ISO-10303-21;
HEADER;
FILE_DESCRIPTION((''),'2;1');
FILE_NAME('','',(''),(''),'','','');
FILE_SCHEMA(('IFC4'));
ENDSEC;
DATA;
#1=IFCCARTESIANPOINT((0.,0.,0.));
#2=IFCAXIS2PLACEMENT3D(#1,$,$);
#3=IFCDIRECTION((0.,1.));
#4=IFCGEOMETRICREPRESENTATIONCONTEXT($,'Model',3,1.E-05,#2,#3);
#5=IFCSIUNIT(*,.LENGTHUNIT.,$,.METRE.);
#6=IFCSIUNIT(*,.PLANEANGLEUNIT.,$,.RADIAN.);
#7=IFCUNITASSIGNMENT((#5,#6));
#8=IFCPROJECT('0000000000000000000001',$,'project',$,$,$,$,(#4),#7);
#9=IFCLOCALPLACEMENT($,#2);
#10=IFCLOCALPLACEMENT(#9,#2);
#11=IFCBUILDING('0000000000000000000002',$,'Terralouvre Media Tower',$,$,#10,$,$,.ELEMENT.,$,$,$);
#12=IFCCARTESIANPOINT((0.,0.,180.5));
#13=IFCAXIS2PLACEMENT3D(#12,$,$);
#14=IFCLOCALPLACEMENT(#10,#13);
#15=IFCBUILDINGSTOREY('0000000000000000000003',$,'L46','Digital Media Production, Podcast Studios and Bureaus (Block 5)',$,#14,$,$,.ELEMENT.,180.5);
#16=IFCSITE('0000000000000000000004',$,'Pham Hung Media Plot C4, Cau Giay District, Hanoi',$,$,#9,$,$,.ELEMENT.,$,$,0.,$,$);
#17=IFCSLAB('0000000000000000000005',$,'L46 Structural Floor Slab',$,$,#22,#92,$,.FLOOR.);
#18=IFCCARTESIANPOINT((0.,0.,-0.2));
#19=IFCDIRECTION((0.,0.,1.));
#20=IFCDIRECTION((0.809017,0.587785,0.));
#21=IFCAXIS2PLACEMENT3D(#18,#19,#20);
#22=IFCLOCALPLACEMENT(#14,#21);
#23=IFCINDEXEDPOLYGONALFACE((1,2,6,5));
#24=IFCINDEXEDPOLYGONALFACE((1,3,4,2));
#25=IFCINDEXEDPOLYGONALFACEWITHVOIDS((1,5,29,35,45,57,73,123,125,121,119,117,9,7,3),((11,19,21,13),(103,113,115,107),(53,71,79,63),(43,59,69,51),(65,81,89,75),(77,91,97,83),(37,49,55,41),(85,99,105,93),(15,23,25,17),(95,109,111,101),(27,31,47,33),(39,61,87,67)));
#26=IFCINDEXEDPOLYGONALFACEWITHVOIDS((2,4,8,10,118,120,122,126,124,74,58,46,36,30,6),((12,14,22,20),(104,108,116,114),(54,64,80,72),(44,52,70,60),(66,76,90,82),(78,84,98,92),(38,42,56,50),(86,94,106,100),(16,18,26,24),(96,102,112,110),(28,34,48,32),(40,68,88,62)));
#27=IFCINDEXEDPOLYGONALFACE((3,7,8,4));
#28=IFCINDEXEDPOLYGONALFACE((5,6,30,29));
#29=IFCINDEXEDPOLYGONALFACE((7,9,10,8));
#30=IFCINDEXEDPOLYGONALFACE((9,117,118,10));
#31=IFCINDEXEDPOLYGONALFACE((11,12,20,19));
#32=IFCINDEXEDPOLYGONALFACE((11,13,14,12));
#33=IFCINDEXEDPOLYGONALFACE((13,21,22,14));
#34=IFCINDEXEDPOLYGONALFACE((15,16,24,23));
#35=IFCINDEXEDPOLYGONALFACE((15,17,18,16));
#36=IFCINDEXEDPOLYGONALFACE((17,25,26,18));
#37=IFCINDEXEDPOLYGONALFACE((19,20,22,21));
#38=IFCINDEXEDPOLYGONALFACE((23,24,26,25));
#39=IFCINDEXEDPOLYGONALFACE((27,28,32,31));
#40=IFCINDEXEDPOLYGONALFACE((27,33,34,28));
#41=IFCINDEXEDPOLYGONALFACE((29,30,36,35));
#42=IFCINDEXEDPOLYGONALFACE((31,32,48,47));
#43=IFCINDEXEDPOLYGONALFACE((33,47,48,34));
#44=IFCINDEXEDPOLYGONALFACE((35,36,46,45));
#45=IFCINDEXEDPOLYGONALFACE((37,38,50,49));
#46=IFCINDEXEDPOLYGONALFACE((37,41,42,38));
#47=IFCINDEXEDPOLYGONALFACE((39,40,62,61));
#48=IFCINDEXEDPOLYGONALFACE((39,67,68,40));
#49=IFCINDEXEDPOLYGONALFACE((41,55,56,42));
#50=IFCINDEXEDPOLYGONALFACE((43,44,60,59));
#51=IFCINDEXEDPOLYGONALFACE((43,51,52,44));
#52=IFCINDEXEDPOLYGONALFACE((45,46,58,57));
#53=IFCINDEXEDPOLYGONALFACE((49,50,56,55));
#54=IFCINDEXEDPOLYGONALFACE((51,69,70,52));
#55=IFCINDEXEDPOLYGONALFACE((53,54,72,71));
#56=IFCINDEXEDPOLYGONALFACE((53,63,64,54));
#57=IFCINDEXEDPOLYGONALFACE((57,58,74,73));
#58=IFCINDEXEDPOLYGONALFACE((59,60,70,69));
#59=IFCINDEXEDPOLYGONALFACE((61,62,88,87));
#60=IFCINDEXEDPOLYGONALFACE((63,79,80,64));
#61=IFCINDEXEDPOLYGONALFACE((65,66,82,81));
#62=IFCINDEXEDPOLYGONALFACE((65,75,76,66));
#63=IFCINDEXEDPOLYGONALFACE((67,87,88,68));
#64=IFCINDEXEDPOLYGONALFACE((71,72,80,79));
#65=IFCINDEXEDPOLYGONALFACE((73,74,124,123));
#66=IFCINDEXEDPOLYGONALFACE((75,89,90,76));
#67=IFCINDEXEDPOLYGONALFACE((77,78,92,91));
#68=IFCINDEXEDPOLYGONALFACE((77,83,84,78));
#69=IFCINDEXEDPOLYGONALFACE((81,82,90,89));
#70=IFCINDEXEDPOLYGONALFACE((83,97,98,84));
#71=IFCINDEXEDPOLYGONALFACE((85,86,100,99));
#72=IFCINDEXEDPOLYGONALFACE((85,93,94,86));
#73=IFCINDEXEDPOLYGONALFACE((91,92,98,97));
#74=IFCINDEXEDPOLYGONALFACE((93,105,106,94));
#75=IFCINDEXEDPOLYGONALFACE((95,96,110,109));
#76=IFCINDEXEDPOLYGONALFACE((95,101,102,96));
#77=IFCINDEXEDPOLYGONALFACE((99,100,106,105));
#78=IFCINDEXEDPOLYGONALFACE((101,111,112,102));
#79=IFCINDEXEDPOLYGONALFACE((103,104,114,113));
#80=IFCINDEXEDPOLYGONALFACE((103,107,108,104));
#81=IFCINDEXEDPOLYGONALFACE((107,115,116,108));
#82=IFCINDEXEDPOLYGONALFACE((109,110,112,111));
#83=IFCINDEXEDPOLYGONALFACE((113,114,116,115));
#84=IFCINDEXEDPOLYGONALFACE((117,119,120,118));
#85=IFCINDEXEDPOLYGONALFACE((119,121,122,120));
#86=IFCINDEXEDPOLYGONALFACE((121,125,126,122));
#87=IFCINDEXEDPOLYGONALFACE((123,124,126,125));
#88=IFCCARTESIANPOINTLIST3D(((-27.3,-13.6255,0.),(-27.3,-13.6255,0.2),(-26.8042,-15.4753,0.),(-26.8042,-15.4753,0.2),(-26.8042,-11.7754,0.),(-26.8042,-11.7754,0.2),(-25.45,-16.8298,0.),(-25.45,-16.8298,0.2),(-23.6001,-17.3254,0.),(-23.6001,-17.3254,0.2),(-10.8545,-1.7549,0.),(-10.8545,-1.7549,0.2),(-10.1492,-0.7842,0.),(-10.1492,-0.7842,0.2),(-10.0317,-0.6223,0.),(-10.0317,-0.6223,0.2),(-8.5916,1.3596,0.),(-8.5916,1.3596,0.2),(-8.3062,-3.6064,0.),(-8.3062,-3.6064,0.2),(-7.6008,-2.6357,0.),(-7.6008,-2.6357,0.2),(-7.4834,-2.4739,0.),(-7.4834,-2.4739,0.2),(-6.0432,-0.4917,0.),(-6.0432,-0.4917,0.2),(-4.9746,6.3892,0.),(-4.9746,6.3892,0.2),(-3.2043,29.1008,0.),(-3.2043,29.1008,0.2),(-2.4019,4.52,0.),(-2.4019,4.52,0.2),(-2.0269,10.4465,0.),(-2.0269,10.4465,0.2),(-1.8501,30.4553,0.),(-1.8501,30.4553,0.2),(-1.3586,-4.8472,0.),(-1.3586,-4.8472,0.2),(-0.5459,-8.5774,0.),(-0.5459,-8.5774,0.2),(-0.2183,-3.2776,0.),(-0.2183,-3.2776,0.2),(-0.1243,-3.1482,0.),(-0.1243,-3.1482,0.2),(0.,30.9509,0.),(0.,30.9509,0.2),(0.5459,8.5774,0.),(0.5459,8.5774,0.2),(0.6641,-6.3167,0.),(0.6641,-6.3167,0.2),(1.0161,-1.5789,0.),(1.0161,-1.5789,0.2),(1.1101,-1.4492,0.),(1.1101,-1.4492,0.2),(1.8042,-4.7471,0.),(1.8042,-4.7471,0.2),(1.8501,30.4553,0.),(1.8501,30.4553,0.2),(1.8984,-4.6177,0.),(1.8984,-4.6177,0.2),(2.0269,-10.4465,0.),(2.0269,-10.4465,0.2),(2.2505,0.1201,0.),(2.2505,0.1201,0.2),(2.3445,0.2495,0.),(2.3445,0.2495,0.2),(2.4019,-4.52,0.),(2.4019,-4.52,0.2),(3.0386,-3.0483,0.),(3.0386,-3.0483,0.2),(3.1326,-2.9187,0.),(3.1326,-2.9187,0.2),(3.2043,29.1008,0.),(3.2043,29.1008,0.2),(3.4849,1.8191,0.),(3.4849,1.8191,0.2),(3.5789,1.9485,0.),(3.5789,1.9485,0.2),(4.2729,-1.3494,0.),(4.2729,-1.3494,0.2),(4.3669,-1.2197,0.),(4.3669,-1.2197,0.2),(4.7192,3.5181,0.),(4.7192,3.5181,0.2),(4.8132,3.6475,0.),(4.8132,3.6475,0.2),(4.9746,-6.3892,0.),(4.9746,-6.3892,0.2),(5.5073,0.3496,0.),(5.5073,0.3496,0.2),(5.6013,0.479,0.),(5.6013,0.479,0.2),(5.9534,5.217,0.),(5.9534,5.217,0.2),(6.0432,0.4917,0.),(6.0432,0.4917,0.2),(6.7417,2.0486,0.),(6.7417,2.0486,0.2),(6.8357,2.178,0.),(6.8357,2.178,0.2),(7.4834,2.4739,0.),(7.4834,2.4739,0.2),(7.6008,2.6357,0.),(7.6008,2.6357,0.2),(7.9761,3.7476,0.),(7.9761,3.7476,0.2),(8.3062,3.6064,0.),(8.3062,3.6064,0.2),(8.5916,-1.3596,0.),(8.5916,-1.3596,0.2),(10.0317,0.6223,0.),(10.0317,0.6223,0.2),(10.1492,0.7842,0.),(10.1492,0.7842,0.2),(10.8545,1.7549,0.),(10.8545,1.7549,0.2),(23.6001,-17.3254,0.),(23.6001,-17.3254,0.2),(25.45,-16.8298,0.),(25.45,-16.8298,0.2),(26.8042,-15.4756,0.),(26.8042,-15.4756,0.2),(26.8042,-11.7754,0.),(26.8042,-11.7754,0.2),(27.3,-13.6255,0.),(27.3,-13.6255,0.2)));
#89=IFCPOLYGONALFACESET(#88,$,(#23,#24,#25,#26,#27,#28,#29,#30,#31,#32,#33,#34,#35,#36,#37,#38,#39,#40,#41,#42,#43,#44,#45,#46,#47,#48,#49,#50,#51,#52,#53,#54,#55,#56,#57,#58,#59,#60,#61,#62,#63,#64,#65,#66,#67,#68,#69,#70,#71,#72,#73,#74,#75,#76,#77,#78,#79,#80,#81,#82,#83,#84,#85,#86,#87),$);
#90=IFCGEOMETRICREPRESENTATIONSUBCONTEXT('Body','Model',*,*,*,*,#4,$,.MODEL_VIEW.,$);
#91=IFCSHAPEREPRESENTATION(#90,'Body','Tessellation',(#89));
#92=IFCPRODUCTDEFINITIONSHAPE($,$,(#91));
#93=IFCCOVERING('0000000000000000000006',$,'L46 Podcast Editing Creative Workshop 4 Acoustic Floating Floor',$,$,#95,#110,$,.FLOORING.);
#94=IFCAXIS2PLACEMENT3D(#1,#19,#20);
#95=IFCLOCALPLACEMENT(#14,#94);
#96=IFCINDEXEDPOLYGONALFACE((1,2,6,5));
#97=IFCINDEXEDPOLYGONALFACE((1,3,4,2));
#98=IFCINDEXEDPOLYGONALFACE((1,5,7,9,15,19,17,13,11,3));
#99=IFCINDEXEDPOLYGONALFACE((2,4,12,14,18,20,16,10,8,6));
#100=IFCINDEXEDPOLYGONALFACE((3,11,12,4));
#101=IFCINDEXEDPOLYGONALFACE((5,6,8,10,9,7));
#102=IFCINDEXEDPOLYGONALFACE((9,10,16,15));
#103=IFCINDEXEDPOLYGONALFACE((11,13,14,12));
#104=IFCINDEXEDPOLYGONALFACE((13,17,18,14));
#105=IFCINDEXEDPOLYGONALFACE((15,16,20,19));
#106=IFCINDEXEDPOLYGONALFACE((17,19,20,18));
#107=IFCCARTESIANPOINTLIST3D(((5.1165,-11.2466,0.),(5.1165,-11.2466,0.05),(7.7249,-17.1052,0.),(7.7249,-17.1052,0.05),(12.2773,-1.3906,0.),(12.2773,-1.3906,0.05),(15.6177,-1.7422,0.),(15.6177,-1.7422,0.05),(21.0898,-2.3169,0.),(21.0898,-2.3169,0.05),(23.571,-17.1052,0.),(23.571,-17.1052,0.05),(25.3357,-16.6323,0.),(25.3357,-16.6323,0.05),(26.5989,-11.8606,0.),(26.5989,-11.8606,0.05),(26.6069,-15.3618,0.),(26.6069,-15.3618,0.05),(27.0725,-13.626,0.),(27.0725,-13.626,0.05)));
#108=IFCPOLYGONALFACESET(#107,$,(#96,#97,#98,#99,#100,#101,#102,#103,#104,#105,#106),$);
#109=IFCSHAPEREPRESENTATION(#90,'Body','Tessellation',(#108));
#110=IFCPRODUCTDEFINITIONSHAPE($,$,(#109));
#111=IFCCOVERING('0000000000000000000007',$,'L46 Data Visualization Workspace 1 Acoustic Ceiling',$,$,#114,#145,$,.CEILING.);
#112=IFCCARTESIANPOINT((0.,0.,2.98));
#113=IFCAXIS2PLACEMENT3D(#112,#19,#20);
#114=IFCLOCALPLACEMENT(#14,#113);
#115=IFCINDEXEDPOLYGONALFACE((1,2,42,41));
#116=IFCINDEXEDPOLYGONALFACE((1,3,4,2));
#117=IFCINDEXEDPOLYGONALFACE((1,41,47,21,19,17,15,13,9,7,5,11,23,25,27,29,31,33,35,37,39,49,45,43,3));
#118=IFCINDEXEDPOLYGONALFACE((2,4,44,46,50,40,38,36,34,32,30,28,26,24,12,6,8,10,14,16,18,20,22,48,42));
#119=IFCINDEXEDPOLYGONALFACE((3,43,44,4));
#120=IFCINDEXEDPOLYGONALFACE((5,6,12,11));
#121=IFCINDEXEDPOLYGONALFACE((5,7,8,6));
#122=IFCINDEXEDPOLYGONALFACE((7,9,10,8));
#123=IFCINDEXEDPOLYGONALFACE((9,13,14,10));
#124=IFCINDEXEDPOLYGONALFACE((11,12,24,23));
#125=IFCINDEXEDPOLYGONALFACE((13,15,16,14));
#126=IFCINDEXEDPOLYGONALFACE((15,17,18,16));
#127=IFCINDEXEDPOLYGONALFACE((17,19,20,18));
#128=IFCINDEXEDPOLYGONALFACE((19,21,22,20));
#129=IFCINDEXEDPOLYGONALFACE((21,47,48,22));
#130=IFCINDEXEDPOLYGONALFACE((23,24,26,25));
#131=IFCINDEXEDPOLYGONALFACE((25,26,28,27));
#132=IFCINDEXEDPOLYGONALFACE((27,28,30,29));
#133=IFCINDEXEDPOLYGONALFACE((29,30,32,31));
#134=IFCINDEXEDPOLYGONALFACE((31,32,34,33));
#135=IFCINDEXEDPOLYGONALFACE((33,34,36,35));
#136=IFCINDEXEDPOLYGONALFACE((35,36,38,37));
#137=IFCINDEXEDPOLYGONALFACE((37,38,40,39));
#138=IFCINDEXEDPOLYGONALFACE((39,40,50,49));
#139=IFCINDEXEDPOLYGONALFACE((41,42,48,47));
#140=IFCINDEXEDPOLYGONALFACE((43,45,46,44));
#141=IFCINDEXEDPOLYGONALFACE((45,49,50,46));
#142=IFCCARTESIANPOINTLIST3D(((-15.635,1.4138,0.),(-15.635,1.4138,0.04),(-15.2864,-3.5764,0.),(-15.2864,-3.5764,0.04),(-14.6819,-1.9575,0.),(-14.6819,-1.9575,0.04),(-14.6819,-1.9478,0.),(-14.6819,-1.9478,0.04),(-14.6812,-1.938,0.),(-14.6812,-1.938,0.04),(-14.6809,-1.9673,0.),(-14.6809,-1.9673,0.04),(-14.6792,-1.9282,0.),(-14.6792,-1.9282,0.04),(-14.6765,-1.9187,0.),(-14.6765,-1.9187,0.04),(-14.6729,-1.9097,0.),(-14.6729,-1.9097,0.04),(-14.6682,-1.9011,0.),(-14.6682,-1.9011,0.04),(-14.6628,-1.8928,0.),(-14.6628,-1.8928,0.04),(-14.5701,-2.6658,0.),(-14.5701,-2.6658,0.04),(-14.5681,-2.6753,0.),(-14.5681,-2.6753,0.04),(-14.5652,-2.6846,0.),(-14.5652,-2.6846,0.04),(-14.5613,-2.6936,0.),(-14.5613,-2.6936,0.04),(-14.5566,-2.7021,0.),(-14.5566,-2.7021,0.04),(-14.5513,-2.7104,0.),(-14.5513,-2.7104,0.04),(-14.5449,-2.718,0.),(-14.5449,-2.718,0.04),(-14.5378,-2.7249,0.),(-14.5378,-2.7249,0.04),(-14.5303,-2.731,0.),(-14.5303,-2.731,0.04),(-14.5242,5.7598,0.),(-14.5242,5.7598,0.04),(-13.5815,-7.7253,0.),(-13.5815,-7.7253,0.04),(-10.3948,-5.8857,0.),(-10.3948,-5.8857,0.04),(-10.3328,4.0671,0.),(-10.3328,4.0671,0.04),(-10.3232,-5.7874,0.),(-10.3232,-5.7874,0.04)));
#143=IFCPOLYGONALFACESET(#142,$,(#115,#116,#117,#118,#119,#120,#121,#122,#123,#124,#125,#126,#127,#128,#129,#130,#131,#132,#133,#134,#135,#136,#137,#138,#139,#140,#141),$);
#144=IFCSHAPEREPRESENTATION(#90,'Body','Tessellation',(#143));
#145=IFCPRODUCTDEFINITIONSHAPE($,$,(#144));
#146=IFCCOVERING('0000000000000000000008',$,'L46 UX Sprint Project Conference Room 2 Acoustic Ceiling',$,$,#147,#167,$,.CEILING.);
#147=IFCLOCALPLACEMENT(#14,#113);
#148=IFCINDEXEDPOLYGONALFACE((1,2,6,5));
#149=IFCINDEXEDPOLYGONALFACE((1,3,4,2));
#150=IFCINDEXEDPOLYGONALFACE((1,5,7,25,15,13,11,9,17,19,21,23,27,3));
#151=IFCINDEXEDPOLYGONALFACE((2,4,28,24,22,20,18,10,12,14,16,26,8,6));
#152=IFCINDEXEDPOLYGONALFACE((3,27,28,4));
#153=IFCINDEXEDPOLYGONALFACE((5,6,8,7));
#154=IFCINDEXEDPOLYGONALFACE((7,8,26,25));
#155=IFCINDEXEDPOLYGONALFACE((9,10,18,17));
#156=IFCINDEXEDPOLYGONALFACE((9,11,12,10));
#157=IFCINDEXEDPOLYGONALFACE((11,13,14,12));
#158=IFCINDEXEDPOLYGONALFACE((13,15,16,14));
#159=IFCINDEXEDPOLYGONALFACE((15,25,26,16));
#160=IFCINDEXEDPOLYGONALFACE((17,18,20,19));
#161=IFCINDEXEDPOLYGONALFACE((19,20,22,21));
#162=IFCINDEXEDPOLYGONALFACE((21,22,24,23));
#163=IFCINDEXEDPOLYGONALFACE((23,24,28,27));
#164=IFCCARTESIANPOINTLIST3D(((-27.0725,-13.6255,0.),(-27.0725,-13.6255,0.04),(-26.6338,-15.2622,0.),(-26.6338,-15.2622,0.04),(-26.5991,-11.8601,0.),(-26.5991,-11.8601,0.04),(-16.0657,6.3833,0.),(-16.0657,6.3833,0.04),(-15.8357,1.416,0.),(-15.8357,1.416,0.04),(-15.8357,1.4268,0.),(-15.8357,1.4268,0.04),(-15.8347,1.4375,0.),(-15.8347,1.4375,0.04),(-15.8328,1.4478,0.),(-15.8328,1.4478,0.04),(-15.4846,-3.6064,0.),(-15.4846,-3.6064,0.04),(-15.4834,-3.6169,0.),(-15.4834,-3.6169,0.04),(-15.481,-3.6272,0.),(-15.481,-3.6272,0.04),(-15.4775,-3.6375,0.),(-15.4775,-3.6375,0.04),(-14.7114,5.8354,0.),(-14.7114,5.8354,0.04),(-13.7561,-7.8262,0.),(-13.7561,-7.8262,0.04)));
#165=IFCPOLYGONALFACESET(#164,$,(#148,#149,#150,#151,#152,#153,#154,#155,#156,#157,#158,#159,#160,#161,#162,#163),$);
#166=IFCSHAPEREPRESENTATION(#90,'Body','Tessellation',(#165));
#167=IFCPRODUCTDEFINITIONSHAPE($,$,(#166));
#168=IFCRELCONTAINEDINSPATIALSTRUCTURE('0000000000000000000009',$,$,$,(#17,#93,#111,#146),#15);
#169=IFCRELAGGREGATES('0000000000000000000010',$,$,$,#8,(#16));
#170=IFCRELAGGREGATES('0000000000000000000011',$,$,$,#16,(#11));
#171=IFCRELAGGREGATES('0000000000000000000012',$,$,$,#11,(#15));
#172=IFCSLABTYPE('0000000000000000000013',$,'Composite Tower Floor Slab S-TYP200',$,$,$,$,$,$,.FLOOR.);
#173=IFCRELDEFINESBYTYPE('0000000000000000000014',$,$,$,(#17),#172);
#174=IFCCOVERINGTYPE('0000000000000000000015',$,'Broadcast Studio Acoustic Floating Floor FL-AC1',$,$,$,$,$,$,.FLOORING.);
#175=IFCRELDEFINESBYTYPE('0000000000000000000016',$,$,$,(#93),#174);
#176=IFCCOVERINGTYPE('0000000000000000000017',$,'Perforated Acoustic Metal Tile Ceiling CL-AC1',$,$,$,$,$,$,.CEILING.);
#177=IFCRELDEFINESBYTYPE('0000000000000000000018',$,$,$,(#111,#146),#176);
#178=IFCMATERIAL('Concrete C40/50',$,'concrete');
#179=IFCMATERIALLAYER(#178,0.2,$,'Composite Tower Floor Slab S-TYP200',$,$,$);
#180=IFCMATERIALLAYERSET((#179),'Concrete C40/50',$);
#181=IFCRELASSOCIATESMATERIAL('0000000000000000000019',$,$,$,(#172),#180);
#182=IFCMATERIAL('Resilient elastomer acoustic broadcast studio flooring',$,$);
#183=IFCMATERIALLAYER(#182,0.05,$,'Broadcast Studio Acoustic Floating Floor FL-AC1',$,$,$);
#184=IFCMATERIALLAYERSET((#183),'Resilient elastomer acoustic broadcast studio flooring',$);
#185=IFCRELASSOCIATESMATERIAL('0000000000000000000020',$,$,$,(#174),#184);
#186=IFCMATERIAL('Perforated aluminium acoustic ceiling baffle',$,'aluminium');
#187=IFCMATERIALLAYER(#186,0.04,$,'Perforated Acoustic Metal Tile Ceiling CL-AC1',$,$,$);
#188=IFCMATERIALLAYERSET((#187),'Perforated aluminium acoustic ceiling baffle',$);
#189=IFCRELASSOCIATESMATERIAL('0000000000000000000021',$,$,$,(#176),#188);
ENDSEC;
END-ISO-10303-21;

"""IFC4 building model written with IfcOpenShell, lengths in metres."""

from ifc_helpers import new_model, si_unit, direction, frame, origin, place, context, subcontext, project, spatial, polyline, outline, extrude, material, layer, layer_set, type_object, element, save


model = new_model("IFC4")

# Units and contexts
model_context = context("Model", 3, precision=1e-05, world=origin(), true_north=direction((0.0, 1.0)))
body_context = subcontext(model_context, "Body", "Model", "MODEL_VIEW")
ifc_project = project(units=[si_unit("LENGTHUNIT", "METRE"), si_unit("PLANEANGLEUNIT", "RADIAN")], contexts=[model_context])

# Site, building, storey
site_placement = place(None, origin())
site = spatial("IfcSite", under=ifc_project, at=site_placement, Name="Pham Hung Media Plot C4, Cau Giay District, Hanoi", CompositionType="ELEMENT", RefElevation=0.0)
building_placement = place(site_placement, origin())
building = spatial("IfcBuilding", under=site, at=building_placement, Name="Terralouvre Media Tower", CompositionType="ELEMENT")
storey_placement = place(building_placement, frame((0.0, 0.0, 180.5)))
storey = spatial("IfcBuildingStorey", under=building, at=storey_placement, Name="L46", Description="Digital Media Production, Podcast Studios and Bureaus (Block 5)", CompositionType="ELEMENT", Elevation=180.5)

# Slab
ifc_material_1 = material(Name="Concrete C40/50", Category="concrete")
ifc_layer_1 = layer(ifc_material_1, 0.2, Name="Composite Tower Floor Slab S-TYP200")
ifc_layer_set_1 = layer_set([ifc_layer_1], Name="Concrete C40/50")
slab_type_1 = type_object("IfcSlabType", Name="Composite Tower Floor Slab S-TYP200", PredefinedType="FLOOR", material=ifc_layer_set_1)
slab_1_placement = place(storey_placement, frame((0.0, 0.0, -0.2), z_axis=(0.0, 0.0, 1.0), x_axis=(0.809017, 0.587785, 0.0)))
element("IfcSlab", 1, at=slab_1_placement, inside=storey, type_object=slab_type_1, Name="L46 Structural Floor Slab", PredefinedType="FLOOR", context=body_context, shape_type="SweptSolid", body=[
    extrude(outline(polyline([(-26.8042, -11.7754), (-27.3, -13.6255), (-26.8042, -15.4753), (-25.45, -16.8298), (-23.6001, -17.3254), (23.6001, -17.3254), (25.45, -16.8298), (26.8042, -15.4756), (27.3, -13.6255), (26.8042, -11.7754), (3.2043, 29.1008), (1.8501, 30.4553), (0.0, 30.9509), (-1.8501, 30.4553), (-3.2043, 29.1008), (-26.8042, -11.7754)]), holes=[polyline([(-7.6008, -2.6357), (-8.3062, -3.6064), (-10.8545, -1.7549), (-10.1492, -0.7842), (-7.6008, -2.6357)]), polyline([(-7.4834, -2.4739), (-10.0317, -0.6223), (-8.5916, 1.3596), (-6.0432, -0.4917), (-7.4834, -2.4739)]), polyline([(4.3669, -1.2197), (2.3445, 0.2495), (3.4849, 1.8191), (5.5073, 0.3496), (4.3669, -1.2197)]), polyline([(6.7417, 2.0486), (5.6013, 0.479), (3.5789, 1.9485), (4.7192, 3.5181), (6.7417, 2.0486)]), polyline([(-2.4019, 4.52), (-4.9746, 6.3892), (-2.0269, 10.4465), (0.5459, 8.5774), (-2.4019, 4.52)]), polyline([(6.8357, 2.178), (4.8132, 3.6475), (5.9534, 5.217), (7.9761, 3.7476), (6.8357, 2.178)]), polyline([(-0.5459, -8.5774), (2.4019, -4.52), (4.9746, -6.3892), (2.0269, -10.4465), (-0.5459, -8.5774)]), polyline([(0.6641, -6.3167), (-1.3586, -4.8472), (-0.2183, -3.2776), (1.8042, -4.7471), (0.6641, -6.3167)]), polyline([(1.8984, -4.6177), (-0.1243, -3.1482), (1.0161, -1.5789), (3.0386, -3.0483), (1.8984, -4.6177)]), polyline([(4.2729, -1.3494), (3.1326, -2.9187), (1.1101, -1.4492), (2.2505, 0.1201), (4.2729, -1.3494)]), polyline([(8.5916, -1.3596), (6.0432, 0.4917), (7.4834, 2.4739), (10.0317, 0.6223), (8.5916, -1.3596)]), polyline([(10.1492, 0.7842), (7.6008, 2.6357), (8.3062, 3.6064), (10.8545, 1.7549), (10.1492, 0.7842)])]), origin(), (0.0, 0.0, 1.0), 0.2),
])

# Coverings
ifc_material_2 = material(Name="Resilient elastomer acoustic broadcast studio flooring")
ifc_layer_2 = layer(ifc_material_2, 0.05, Name="Broadcast Studio Acoustic Floating Floor FL-AC1")
ifc_layer_set_2 = layer_set([ifc_layer_2], Name="Resilient elastomer acoustic broadcast studio flooring")
covering_type_1 = type_object("IfcCoveringType", Name="Broadcast Studio Acoustic Floating Floor FL-AC1", PredefinedType="FLOORING", material=ifc_layer_set_2)
covering_1_placement = place(storey_placement, frame((0.0, 0.0, 0.0), z_axis=(0.0, 0.0, 1.0), x_axis=(0.809017, 0.587785, 0.0)))
element("IfcCovering", 2, at=covering_1_placement, inside=storey, type_object=covering_type_1, Name="L46 Podcast Editing Creative Workshop 4 Acoustic Floating Floor", PredefinedType="FLOORING", context=body_context, shape_type="SweptSolid", body=[
    extrude(outline(polyline([(12.2773, -1.3906), (5.1165, -11.2466), (7.7249, -17.1052), (23.571, -17.1052), (25.3357, -16.6323), (26.6069, -15.3618), (27.0725, -13.626), (26.5989, -11.8606), (21.0898, -2.3169), (15.6177, -1.7422), (12.2773, -1.3906)])), origin(), (0.0, 0.0, 1.0), 0.05),
])
ifc_material_3 = material(Name="Perforated aluminium acoustic ceiling baffle", Category="aluminium")
ifc_layer_3 = layer(ifc_material_3, 0.04, Name="Perforated Acoustic Metal Tile Ceiling CL-AC1")
ifc_layer_set_3 = layer_set([ifc_layer_3], Name="Perforated aluminium acoustic ceiling baffle")
covering_type_2 = type_object("IfcCoveringType", Name="Perforated Acoustic Metal Tile Ceiling CL-AC1", PredefinedType="CEILING", material=ifc_layer_set_3)
covering_2_placement = place(storey_placement, frame((0.0, 0.0, 2.98), z_axis=(0.0, 0.0, 1.0), x_axis=(0.809017, 0.587785, 0.0)))
element("IfcCovering", 3, at=covering_2_placement, inside=storey, type_object=covering_type_2, Name="L46 Data Visualization Workspace 1 Acoustic Ceiling", PredefinedType="CEILING", context=body_context, shape_type="SweptSolid", body=[
    extrude(outline(polyline([(-15.635, 1.4138), (-15.2864, -3.5764), (-13.5815, -7.7253), (-10.3948, -5.8857), (-10.3232, -5.7874), (-14.5303, -2.731), (-14.5378, -2.7249), (-14.5449, -2.718), (-14.5513, -2.7104), (-14.5566, -2.7021), (-14.5613, -2.6936), (-14.5652, -2.6846), (-14.5681, -2.6753), (-14.5701, -2.6658), (-14.6809, -1.9673), (-14.6819, -1.9575), (-14.6819, -1.9478), (-14.6812, -1.938), (-14.6792, -1.9282), (-14.6765, -1.9187), (-14.6729, -1.9097), (-14.6682, -1.9011), (-14.6628, -1.8928), (-10.3328, 4.0671), (-14.5242, 5.7598), (-15.635, 1.4138)])), origin(), (0.0, 0.0, 1.0), 0.04),
])
covering_3_placement = place(storey_placement, frame((0.0, 0.0, 2.98), z_axis=(0.0, 0.0, 1.0), x_axis=(0.809017, 0.587785, 0.0)))
element("IfcCovering", 4, at=covering_3_placement, inside=storey, type_object=covering_type_2, Name="L46 UX Sprint Project Conference Room 2 Acoustic Ceiling", PredefinedType="CEILING", context=body_context, shape_type="SweptSolid", body=[
    extrude(outline(polyline([(-15.4775, -3.6375), (-15.481, -3.6272), (-15.4834, -3.6169), (-15.4846, -3.6064), (-15.8357, 1.416), (-15.8357, 1.4268), (-15.8347, 1.4375), (-15.8328, 1.4478), (-14.7114, 5.8354), (-16.0657, 6.3833), (-26.5991, -11.8601), (-27.0725, -13.6255), (-26.6338, -15.2622), (-13.7561, -7.8262), (-15.4775, -3.6375)])), origin(), (0.0, 0.0, 1.0), 0.04),
])

save(model, "model.ifc")
